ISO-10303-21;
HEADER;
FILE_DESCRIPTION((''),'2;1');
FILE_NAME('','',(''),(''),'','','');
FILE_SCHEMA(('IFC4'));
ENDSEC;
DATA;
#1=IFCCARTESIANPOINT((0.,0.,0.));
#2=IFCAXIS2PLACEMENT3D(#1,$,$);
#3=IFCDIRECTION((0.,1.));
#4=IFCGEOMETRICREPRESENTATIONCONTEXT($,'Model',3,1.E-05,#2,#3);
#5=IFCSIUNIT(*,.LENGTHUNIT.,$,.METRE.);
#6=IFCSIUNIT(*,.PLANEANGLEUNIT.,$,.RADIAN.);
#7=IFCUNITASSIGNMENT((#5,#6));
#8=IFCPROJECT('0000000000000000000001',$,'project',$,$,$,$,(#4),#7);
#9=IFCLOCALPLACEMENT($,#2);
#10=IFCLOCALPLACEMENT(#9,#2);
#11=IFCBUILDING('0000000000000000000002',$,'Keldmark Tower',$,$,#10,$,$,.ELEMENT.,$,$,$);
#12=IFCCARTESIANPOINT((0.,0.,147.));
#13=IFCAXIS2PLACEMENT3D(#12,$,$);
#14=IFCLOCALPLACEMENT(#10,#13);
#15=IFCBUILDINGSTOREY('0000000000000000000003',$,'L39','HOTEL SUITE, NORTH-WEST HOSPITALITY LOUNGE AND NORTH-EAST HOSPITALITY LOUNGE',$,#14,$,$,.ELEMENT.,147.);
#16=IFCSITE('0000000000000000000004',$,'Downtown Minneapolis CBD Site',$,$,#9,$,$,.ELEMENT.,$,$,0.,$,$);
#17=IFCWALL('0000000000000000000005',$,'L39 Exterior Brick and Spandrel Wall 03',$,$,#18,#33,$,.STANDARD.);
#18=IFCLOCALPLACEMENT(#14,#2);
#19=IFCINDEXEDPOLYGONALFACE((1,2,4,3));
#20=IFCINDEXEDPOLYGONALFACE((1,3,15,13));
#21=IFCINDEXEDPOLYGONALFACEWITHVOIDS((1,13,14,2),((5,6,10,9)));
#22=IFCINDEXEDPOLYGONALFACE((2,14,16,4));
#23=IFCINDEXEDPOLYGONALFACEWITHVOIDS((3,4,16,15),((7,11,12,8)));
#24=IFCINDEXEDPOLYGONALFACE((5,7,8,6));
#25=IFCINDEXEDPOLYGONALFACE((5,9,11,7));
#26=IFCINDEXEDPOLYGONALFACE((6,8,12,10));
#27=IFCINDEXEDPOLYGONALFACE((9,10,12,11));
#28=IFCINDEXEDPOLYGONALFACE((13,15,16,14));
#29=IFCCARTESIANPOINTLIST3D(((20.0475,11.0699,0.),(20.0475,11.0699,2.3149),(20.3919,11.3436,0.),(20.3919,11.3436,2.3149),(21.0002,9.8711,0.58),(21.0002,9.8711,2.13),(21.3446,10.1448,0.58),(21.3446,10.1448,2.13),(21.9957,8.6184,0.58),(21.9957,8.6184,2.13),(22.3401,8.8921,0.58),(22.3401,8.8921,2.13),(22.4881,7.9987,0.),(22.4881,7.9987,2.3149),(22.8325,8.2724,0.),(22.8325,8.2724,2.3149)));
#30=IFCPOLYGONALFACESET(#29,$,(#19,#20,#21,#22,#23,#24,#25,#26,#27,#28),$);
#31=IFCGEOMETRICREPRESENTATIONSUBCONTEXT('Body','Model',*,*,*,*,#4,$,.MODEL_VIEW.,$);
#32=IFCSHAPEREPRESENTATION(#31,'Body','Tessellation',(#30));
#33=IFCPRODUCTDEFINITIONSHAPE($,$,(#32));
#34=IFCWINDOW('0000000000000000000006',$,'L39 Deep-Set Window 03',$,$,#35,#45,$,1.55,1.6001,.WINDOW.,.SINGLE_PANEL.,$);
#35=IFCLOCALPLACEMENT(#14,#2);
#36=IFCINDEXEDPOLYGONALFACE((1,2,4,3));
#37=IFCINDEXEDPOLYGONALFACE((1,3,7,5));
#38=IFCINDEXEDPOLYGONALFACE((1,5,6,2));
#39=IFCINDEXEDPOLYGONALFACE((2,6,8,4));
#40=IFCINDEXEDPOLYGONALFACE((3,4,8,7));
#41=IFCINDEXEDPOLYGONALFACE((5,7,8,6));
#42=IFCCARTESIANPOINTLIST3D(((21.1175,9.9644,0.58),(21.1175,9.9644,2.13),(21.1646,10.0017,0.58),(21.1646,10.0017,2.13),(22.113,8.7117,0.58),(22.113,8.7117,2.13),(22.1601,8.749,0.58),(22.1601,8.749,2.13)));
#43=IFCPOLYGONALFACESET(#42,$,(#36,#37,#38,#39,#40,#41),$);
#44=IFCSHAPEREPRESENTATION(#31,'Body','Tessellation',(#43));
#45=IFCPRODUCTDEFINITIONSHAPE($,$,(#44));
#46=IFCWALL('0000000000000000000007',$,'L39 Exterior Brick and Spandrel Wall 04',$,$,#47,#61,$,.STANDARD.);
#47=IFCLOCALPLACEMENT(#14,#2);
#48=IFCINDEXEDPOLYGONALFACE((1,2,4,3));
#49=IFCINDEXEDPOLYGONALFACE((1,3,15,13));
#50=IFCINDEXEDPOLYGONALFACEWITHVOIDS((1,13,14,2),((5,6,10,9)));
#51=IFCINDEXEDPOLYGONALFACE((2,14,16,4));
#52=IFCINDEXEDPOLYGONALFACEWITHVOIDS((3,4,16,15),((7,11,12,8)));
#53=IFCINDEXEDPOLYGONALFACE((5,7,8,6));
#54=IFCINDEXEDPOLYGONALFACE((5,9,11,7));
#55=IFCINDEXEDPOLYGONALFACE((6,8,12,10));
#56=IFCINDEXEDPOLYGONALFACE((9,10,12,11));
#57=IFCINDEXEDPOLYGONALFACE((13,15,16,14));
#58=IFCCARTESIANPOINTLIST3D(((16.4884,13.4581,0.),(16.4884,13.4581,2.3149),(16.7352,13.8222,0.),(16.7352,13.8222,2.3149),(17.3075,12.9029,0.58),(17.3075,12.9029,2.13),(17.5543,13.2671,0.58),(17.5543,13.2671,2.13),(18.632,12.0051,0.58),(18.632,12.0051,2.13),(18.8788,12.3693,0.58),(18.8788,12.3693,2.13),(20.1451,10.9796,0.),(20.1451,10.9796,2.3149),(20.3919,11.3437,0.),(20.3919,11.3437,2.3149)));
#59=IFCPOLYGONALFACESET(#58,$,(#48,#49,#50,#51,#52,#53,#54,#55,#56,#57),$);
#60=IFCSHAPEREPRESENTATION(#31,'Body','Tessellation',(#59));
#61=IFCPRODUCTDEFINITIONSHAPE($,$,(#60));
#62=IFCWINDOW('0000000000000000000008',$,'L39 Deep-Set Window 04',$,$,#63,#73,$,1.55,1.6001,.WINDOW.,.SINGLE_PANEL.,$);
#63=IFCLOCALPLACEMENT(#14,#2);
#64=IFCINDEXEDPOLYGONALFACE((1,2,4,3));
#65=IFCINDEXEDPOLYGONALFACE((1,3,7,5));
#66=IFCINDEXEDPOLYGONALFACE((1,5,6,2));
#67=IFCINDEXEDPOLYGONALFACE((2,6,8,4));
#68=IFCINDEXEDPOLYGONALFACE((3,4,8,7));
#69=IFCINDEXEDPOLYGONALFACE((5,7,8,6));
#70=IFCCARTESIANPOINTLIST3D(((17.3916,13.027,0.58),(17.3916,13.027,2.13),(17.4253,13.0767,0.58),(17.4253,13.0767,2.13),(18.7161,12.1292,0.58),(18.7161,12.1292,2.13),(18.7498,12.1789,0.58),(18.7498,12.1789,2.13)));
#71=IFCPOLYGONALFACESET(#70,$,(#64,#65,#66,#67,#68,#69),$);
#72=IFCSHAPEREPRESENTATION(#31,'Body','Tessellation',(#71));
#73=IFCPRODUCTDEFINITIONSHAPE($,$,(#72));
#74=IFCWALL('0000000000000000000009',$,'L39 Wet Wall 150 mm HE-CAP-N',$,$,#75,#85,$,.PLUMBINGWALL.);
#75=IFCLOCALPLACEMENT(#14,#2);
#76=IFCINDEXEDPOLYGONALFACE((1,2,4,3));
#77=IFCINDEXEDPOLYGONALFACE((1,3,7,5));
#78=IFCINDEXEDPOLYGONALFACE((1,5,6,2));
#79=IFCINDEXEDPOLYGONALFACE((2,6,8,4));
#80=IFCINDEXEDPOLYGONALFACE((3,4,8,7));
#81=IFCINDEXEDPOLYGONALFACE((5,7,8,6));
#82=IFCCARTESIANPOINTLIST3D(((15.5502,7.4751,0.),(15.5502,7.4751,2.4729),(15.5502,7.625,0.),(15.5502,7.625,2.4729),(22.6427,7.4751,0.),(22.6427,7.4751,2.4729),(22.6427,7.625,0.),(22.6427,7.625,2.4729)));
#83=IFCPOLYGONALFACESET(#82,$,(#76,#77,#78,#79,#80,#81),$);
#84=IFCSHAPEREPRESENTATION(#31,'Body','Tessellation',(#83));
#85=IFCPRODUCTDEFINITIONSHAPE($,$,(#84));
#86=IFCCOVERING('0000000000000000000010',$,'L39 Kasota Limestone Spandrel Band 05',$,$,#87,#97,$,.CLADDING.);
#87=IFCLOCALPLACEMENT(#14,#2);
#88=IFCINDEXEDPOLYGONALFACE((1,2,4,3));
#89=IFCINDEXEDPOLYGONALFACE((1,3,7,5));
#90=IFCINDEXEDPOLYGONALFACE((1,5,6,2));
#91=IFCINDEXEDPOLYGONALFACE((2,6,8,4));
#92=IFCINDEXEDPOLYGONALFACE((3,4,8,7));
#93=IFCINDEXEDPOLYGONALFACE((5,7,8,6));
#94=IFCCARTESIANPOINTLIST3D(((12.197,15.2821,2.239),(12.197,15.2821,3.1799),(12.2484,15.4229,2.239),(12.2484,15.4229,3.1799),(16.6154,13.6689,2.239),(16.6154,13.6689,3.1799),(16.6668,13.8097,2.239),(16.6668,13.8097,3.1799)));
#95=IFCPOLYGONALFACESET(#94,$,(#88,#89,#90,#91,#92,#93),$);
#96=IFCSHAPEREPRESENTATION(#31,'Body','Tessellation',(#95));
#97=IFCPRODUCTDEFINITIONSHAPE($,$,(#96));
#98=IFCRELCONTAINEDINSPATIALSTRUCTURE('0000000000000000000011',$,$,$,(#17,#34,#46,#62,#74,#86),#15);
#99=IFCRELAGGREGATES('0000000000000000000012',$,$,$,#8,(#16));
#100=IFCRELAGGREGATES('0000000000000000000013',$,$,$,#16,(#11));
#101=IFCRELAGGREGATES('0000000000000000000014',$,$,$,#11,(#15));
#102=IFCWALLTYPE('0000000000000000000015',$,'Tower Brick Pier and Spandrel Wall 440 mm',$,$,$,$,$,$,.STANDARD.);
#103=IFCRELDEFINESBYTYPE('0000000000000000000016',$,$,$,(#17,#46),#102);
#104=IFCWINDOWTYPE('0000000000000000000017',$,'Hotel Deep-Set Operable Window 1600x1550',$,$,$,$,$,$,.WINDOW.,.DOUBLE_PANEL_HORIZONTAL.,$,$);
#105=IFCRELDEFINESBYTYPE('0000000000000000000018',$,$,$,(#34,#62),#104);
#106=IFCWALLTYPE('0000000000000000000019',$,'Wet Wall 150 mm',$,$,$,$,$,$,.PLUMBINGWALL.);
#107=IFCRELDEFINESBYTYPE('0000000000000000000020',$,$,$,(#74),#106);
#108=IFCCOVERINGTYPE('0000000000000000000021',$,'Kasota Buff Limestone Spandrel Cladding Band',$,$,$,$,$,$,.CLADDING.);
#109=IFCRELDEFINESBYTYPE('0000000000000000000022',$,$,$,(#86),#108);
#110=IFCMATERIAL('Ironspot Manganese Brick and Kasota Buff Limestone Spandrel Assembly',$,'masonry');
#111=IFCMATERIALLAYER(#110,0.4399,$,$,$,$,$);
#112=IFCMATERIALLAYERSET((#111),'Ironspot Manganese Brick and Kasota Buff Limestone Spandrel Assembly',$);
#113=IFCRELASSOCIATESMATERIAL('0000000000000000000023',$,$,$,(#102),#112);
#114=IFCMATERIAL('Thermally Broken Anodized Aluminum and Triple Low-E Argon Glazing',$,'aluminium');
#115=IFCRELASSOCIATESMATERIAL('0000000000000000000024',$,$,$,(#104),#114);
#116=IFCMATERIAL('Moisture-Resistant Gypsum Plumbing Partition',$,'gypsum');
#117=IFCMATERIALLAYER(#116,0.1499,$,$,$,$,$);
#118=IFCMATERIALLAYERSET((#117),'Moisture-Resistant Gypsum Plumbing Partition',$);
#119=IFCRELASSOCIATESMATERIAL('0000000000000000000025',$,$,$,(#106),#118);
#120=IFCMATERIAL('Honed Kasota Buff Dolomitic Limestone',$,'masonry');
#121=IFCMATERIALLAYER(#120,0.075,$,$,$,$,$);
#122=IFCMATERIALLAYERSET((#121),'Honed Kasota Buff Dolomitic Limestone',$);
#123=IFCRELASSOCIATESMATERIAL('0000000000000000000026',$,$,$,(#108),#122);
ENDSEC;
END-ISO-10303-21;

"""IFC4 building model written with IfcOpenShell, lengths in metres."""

from ifc_helpers import new_model, si_unit, direction, frame, frame_2d, origin, origin_2d, place, context, subcontext, project, spatial, rectangle, extrude, material, layer, layer_set, type_object, element, fill, save


model = new_model("IFC4")

# Units and contexts
model_context = context("Model", 3, precision=1e-05, world=origin(), true_north=direction((0.0, 1.0)))
body_context = subcontext(model_context, "Body", "Model", "MODEL_VIEW")
ifc_project = project(units=[si_unit("LENGTHUNIT", "METRE"), si_unit("PLANEANGLEUNIT", "RADIAN")], contexts=[model_context])

# Site, building, storey
site_placement = place(None, origin())
site = spatial("IfcSite", under=ifc_project, at=site_placement, Name="Downtown Minneapolis CBD Site", CompositionType="ELEMENT", RefElevation=0.0)
building_placement = place(site_placement, origin())
building = spatial("IfcBuilding", under=site, at=building_placement, Name="Keldmark Tower", CompositionType="ELEMENT")
storey_placement = place(building_placement, frame((0.0, 0.0, 147.0)))
storey = spatial("IfcBuildingStorey", under=building, at=storey_placement, Name="L39", Description="HOTEL SUITE, NORTH-WEST HOSPITALITY LOUNGE AND NORTH-EAST HOSPITALITY LOUNGE", CompositionType="ELEMENT", Elevation=147.0)

# Walls, openings, windows
ifc_material_1 = material(Name="Ironspot Manganese Brick and Kasota Buff Limestone Spandrel Assembly", Category="masonry")
ifc_layer_1 = layer(ifc_material_1, 0.4399)
ifc_layer_set_1 = layer_set([ifc_layer_1], Name="Ironspot Manganese Brick and Kasota Buff Limestone Spandrel Assembly")
wall_type_1 = type_object("IfcWallType", Name="Tower Brick Pier and Spandrel Wall 440 mm", PredefinedType="STANDARD", material=ifc_layer_set_1)
wall_1_placement = place(storey_placement, frame((20.2197, 11.2068, 0.0), z_axis=(0.0, 0.0, 1.0), x_axis=(0.622149, -0.782899, 0.0)))
wall_1 = element("IfcWall", 1, at=wall_1_placement, inside=storey, type_object=wall_type_1, Name="L39 Exterior Brick and Spandrel Wall 03", PredefinedType="STANDARD", context=body_context, shape_type="SweptSolid", body=[
    extrude(rectangle(XDim=3.9229, YDim=0.4399, at=frame_2d((1.9614, 0.0))), origin(), (0.0, 0.0, 1.0), 2.3149),
])
opening_1_placement = place(wall_1_placement, frame((1.5312, 0.0, 0.5801)))
opening_1 = element("IfcOpeningElement", 2, at=opening_1_placement, cuts=wall_1, PredefinedType="OPENING", context=body_context, shape_type="SweptSolid", body=[
    extrude(rectangle(XDim=1.6001, YDim=1.55, at=frame_2d((0.8, 0.7749))), frame((0.0, 0.23, 0.0), z_axis=(0.0, -1.0, 0.0), x_axis=(1.0, 0.0, 0.0)), (0.0, 0.0, 1.0), 0.46),
])
ifc_material_2 = material(Name="Thermally Broken Anodized Aluminum and Triple Low-E Argon Glazing", Category="aluminium")
window_type_1 = type_object("IfcWindowType", Name="Hotel Deep-Set Operable Window 1600x1550", PartitioningType="DOUBLE_PANEL_HORIZONTAL", PredefinedType="WINDOW", material=ifc_material_2)
window_1_placement = place(opening_1_placement, origin())
window_1 = element("IfcWindow", 3, at=window_1_placement, inside=storey, type_object=window_type_1, Name="L39 Deep-Set Window 03", OverallHeight=1.55, OverallWidth=1.6001, PartitioningType="SINGLE_PANEL", PredefinedType="WINDOW", context=body_context, shape_type="SweptSolid", body=[
    extrude(rectangle(XDim=1.6001, YDim=1.55, at=frame_2d((0.8, 0.7749))), frame((0.0, -0.01, 0.0), z_axis=(0.0, -1.0, 0.0), x_axis=(1.0, 0.0, 0.0)), (0.0, 0.0, 1.0), 0.0601),
])
fill(opening_1, window_1)
wall_2_placement = place(storey_placement, frame((16.6118, 13.6401, 0.0), z_axis=(0.0, 0.0, 1.0), x_axis=(0.827775, -0.561061, 0.0)))
wall_2 = element("IfcWall", 4, at=wall_2_placement, inside=storey, type_object=wall_type_1, Name="L39 Exterior Brick and Spandrel Wall 04", PredefinedType="STANDARD", context=body_context, shape_type="SweptSolid", body=[
    extrude(rectangle(XDim=4.4175, YDim=0.4399, at=frame_2d((2.2087, 0.0))), origin(), (0.0, 0.0, 1.0), 2.3149),
])
opening_2_placement = place(wall_2_placement, frame((0.9895, 0.0, 0.5801)))
opening_2 = element("IfcOpeningElement", 5, at=opening_2_placement, cuts=wall_2, PredefinedType="OPENING", context=body_context, shape_type="SweptSolid", body=[
    extrude(rectangle(XDim=1.6001, YDim=1.55, at=frame_2d((0.8, 0.7749))), frame((0.0, 0.23, 0.0), z_axis=(0.0, -1.0, 0.0), x_axis=(1.0, 0.0, 0.0)), (0.0, 0.0, 1.0), 0.46),
])
window_2_placement = place(opening_2_placement, origin())
window_2 = element("IfcWindow", 6, at=window_2_placement, inside=storey, type_object=window_type_1, Name="L39 Deep-Set Window 04", OverallHeight=1.55, OverallWidth=1.6001, PartitioningType="SINGLE_PANEL", PredefinedType="WINDOW", context=body_context, shape_type="SweptSolid", body=[
    extrude(rectangle(XDim=1.6001, YDim=1.55, at=frame_2d((0.8, 0.7749))), frame((0.0, -0.01, 0.0), z_axis=(0.0, -1.0, 0.0), x_axis=(1.0, 0.0, 0.0)), (0.0, 0.0, 1.0), 0.0601),
])
fill(opening_2, window_2)

# Wall
ifc_material_3 = material(Name="Moisture-Resistant Gypsum Plumbing Partition", Category="gypsum")
ifc_layer_2 = layer(ifc_material_3, 0.1499)
ifc_layer_set_2 = layer_set([ifc_layer_2], Name="Moisture-Resistant Gypsum Plumbing Partition")
wall_type_2 = type_object("IfcWallType", Name="Wet Wall 150 mm", PredefinedType="PLUMBINGWALL", material=ifc_layer_set_2)
wall_3_placement = place(storey_placement, frame((15.55, 7.55, 0.0), z_axis=(0.0, 0.0, 1.0), x_axis=(1.0, 0.0, 0.0)))
element("IfcWall", 7, at=wall_3_placement, inside=storey, type_object=wall_type_2, Name="L39 Wet Wall 150 mm HE-CAP-N", PredefinedType="PLUMBINGWALL", context=body_context, shape_type="SweptSolid", body=[
    extrude(rectangle(XDim=7.0925, YDim=0.1499, at=frame_2d((3.5464, 0.0))), origin(), (0.0, 0.0, 1.0), 2.4729),
])

# Covering
ifc_material_4 = material(Name="Honed Kasota Buff Dolomitic Limestone", Category="masonry")
ifc_layer_3 = layer(ifc_material_4, 0.075)
ifc_layer_set_3 = layer_set([ifc_layer_3], Name="Honed Kasota Buff Dolomitic Limestone")
covering_type = type_object("IfcCoveringType", Name="Kasota Buff Limestone Spandrel Cladding Band", PredefinedType="CLADDING", material=ifc_layer_set_3)
covering_placement = place(storey_placement, frame((14.4319, 14.5459, 2.239), z_axis=(0.0, 0.0, 1.0), x_axis=(-0.939352, 0.342955, 0.0)))
element("IfcCovering", 8, at=covering_placement, inside=storey, type_object=covering_type, Name="L39 Kasota Limestone Spandrel Band 05", PredefinedType="CLADDING", context=body_context, shape_type="SweptSolid", body=[
    extrude(rectangle(XDim=4.7036, YDim=0.1499, at=origin_2d()), origin(), (0.0, 0.0, 1.0), 0.9409),
])

save(model, "model.ifc")
